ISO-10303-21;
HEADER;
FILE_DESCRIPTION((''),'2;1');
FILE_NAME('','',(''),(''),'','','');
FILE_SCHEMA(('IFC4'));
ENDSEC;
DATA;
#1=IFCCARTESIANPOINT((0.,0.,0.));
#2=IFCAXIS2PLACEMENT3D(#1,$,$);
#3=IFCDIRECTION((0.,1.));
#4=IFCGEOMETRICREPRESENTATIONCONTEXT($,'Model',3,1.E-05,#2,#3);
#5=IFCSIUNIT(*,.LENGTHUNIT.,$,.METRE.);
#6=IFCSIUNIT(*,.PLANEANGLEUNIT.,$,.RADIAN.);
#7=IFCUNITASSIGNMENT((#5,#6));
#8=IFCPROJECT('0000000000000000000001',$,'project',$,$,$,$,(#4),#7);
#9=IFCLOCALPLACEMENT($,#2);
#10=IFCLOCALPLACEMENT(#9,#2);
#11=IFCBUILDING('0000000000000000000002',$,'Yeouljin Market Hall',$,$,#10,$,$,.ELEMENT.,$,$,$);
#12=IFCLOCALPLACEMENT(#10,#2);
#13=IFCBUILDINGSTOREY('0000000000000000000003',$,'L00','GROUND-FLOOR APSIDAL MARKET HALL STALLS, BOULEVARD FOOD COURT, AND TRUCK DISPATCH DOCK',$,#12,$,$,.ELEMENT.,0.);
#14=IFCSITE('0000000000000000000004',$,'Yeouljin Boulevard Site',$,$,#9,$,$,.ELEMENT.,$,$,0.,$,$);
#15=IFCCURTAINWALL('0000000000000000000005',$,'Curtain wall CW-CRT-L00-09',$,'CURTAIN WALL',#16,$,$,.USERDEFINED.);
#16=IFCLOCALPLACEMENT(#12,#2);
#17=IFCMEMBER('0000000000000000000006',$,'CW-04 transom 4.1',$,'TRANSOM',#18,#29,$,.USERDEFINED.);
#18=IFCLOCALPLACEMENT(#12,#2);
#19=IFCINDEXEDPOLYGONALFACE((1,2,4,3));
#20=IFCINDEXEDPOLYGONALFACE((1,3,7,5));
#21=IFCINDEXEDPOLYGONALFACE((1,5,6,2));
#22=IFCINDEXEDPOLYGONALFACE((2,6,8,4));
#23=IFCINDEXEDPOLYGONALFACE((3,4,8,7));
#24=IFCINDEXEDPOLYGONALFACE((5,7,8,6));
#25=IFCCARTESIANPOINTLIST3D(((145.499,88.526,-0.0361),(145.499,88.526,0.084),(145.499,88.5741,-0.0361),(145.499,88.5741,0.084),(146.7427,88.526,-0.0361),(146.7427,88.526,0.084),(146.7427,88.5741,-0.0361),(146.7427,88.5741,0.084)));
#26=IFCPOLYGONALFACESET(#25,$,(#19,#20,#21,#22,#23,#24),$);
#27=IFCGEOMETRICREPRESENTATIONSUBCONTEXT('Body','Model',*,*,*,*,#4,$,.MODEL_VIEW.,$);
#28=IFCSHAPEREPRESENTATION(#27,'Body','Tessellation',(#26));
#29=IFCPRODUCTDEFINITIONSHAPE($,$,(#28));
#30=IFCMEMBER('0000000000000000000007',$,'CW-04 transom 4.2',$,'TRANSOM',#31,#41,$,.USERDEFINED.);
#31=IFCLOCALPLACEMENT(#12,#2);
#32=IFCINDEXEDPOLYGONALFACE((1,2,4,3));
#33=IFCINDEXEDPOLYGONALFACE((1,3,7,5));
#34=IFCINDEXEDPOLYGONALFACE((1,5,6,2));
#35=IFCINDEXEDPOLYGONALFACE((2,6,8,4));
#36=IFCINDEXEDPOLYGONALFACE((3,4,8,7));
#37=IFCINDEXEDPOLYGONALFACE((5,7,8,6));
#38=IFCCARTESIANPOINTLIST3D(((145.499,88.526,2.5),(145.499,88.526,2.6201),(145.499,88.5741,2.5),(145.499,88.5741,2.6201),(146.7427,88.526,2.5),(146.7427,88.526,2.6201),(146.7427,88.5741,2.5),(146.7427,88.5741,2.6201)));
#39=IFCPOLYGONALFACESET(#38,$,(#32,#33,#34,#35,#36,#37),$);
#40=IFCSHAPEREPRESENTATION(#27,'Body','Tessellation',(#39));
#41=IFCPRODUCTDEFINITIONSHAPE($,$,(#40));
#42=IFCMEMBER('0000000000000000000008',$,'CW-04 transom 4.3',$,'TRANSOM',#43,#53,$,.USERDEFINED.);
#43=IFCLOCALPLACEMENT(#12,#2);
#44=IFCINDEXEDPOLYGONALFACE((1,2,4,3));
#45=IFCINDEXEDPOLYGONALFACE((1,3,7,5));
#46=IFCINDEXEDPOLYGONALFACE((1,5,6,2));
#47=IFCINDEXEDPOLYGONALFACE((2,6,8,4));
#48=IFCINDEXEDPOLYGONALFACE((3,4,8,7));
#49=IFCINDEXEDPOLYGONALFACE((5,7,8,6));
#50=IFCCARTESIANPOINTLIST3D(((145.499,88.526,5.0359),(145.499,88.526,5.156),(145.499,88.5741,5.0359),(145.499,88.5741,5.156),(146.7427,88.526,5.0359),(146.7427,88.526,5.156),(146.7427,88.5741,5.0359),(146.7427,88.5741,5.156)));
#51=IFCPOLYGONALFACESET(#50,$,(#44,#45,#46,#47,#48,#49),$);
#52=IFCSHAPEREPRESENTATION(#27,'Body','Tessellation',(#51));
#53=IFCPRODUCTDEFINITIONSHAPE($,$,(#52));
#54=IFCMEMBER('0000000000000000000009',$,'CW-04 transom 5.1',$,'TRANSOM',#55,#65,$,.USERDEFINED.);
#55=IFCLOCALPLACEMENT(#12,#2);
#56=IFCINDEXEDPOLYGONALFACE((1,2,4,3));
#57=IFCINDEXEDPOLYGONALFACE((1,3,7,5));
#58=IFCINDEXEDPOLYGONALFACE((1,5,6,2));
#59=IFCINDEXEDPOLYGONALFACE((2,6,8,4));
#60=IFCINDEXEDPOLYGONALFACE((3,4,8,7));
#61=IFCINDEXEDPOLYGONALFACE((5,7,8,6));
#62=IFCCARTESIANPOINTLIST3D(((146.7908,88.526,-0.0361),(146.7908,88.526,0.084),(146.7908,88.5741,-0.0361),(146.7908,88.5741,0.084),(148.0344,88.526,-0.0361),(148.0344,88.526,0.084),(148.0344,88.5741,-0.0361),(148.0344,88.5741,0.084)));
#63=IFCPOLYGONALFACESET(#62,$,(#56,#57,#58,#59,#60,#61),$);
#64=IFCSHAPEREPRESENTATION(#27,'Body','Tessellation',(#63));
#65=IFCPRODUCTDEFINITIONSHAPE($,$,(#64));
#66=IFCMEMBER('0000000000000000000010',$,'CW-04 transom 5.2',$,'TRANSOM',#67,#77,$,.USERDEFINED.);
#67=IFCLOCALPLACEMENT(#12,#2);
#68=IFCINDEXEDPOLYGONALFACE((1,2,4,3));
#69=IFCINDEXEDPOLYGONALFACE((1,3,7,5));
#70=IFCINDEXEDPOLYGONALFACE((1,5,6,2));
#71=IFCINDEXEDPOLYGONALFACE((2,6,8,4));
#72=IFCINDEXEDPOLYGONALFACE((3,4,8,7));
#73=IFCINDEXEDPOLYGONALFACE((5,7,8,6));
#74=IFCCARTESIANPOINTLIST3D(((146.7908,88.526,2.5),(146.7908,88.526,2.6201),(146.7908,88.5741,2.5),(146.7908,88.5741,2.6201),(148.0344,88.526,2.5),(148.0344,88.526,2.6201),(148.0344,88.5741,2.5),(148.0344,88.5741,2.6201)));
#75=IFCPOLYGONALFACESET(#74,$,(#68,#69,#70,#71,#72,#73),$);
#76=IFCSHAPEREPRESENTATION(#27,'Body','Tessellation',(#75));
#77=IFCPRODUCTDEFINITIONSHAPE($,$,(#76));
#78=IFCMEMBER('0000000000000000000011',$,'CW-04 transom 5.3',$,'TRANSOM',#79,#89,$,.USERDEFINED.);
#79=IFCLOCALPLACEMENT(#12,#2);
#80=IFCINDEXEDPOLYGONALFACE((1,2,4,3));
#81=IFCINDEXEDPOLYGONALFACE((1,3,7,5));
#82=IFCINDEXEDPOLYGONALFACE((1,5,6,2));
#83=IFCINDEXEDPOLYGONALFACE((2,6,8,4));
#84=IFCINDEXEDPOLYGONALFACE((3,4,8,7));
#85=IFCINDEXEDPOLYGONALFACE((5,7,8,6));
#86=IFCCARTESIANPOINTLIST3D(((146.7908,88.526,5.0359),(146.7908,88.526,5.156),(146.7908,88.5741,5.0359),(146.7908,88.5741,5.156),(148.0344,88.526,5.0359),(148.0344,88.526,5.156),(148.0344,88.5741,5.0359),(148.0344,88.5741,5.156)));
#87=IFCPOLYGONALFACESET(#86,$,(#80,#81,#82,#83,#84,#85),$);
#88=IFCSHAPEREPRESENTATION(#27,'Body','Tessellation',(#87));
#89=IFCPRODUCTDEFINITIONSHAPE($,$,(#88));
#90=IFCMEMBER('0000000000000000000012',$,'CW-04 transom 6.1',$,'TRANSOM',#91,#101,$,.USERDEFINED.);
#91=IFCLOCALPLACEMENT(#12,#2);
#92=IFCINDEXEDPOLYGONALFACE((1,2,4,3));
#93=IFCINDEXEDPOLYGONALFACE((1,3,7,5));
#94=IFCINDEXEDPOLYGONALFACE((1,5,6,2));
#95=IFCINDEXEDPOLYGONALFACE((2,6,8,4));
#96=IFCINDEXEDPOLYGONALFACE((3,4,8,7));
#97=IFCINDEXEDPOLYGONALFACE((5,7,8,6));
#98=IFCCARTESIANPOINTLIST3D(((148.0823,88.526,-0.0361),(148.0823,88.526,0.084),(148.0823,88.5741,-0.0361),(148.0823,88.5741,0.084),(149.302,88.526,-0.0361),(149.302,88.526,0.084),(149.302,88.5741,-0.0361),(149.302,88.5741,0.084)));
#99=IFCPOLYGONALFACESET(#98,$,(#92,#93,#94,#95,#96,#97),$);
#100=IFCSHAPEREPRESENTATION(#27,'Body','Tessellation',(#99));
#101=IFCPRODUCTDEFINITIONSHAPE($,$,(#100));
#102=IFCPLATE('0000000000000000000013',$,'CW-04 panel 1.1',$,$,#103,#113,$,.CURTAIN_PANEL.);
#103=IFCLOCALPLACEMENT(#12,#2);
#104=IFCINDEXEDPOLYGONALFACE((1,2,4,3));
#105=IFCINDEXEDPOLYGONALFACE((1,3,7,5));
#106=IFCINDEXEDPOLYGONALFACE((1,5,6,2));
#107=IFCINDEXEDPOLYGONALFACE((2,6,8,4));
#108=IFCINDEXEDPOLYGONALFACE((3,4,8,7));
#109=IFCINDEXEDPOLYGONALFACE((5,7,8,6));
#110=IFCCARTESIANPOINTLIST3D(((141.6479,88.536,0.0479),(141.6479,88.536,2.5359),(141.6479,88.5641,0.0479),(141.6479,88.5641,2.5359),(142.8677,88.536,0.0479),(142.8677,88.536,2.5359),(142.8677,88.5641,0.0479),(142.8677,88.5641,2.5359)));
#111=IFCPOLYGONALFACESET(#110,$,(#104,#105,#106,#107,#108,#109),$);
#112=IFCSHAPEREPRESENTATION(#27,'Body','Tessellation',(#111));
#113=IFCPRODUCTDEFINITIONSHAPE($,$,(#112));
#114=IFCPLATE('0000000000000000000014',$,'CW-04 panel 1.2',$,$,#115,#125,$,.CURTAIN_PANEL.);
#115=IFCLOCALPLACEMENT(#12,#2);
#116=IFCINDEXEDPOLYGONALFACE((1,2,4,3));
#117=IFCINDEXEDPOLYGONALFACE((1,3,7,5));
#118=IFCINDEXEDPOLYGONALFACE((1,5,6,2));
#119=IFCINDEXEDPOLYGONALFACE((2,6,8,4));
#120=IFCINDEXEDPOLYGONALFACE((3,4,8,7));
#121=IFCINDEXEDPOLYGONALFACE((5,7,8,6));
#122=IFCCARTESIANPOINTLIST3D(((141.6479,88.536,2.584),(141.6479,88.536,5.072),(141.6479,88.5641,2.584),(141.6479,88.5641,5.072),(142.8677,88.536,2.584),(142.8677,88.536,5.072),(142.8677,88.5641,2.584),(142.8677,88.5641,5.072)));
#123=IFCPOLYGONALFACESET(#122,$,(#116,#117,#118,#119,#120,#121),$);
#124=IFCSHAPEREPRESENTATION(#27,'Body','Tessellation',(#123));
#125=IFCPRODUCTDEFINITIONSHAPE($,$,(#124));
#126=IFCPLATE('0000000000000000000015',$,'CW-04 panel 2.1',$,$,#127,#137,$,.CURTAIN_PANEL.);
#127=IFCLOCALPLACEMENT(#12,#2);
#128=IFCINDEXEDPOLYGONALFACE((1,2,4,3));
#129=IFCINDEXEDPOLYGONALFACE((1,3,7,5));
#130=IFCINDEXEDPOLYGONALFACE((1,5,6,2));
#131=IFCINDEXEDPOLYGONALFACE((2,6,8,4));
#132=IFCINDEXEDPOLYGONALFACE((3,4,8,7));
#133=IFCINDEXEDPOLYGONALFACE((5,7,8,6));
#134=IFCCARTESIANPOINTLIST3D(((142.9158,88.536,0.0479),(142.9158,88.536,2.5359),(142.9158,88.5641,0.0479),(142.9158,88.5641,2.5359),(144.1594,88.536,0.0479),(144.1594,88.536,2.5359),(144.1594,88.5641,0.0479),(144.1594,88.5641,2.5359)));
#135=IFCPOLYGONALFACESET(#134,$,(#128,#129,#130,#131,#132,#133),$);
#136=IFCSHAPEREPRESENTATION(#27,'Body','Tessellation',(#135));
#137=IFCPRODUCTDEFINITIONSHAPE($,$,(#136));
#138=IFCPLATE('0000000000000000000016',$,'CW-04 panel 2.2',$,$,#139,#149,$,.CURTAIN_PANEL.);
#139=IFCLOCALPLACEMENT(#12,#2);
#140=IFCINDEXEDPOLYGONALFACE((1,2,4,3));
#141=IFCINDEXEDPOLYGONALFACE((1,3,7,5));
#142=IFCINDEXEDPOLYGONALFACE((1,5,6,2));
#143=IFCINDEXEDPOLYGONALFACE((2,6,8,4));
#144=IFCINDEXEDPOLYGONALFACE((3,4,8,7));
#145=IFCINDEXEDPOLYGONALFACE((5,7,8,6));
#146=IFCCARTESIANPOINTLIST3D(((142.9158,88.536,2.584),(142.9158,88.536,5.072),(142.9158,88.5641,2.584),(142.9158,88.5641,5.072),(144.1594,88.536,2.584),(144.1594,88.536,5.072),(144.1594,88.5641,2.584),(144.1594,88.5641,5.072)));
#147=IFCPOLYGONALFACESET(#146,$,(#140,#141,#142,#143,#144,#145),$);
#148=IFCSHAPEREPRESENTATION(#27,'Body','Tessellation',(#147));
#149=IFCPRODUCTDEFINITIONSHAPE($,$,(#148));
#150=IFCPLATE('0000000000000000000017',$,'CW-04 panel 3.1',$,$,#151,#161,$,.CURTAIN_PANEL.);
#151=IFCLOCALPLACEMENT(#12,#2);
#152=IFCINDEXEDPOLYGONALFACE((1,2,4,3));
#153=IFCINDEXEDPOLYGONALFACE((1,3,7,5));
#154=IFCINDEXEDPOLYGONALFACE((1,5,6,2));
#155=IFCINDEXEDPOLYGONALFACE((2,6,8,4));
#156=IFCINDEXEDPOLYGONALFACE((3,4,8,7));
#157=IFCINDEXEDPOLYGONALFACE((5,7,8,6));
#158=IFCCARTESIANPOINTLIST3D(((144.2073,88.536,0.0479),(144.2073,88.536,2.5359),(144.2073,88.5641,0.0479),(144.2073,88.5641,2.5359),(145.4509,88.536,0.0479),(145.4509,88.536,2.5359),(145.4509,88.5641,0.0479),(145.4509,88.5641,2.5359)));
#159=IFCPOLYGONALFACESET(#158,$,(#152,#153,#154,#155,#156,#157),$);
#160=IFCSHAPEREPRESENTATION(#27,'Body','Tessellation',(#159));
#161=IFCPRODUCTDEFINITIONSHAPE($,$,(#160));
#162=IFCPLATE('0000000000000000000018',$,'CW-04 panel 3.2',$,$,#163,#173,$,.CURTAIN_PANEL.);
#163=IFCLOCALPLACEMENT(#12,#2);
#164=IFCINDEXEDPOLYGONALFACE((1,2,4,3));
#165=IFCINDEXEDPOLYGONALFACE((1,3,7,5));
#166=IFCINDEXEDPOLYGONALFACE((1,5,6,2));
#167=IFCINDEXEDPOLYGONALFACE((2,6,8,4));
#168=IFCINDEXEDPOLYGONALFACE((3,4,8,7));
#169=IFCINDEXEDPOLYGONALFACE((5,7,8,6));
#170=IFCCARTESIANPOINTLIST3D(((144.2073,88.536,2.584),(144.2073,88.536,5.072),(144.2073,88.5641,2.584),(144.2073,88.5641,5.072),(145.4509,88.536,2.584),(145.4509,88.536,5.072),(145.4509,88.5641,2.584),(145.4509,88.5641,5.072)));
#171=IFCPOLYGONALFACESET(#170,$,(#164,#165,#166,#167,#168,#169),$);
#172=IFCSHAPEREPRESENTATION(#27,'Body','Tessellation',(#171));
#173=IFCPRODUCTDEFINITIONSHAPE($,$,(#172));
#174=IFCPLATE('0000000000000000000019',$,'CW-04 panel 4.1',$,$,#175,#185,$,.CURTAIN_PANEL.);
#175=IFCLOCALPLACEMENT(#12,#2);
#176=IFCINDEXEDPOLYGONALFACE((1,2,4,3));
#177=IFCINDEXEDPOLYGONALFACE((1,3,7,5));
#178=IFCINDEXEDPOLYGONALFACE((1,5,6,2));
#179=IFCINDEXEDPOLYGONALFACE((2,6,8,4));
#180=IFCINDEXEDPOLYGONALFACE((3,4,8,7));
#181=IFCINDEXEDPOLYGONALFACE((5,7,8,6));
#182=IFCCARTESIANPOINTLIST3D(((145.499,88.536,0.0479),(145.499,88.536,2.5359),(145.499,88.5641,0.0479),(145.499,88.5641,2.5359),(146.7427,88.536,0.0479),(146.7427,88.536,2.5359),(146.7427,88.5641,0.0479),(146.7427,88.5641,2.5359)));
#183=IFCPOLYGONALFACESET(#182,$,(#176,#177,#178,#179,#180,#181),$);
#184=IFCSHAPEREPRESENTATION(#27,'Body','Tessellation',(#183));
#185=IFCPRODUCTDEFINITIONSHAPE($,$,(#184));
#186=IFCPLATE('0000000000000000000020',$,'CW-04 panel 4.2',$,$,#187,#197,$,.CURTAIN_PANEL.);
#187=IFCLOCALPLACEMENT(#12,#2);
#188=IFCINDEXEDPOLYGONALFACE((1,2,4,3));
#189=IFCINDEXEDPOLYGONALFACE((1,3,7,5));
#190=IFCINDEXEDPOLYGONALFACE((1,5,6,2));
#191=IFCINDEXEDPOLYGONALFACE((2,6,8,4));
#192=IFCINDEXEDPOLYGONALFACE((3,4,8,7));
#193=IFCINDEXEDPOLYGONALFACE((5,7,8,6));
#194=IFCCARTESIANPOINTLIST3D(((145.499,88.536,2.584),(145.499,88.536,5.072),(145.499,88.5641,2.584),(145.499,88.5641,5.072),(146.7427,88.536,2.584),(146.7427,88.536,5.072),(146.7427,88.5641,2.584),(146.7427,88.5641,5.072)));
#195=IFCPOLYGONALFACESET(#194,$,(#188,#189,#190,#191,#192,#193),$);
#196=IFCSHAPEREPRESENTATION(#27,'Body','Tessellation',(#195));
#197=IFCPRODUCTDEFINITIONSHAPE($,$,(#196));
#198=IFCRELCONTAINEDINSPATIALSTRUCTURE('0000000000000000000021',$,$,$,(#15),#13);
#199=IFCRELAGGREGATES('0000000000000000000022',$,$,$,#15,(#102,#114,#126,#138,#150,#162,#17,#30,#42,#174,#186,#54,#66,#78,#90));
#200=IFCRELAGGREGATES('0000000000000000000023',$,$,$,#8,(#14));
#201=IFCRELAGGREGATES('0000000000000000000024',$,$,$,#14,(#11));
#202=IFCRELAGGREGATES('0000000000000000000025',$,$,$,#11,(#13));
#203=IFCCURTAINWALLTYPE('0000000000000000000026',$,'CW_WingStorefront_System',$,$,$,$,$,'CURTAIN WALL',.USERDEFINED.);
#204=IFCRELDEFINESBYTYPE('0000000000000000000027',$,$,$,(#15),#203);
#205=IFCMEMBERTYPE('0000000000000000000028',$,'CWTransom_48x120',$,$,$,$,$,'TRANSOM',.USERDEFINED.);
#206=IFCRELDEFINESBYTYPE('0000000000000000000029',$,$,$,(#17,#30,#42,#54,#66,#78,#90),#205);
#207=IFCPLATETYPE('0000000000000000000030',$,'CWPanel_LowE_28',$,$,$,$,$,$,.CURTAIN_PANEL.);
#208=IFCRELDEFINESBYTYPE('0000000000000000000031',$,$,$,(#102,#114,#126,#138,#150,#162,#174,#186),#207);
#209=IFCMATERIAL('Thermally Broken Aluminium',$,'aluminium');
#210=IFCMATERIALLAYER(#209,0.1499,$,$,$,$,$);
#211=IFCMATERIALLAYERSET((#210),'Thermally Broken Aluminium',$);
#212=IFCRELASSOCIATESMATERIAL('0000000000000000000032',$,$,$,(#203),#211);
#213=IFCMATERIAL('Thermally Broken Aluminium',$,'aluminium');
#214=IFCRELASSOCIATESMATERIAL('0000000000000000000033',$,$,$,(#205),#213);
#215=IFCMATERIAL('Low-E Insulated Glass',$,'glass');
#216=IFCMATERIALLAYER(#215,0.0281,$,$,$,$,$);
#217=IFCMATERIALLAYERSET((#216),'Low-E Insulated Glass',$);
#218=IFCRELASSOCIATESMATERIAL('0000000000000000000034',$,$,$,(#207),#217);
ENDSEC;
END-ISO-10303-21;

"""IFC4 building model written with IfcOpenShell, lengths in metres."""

from ifc_helpers import new_model, si_unit, direction, frame, origin, origin_2d, place, context, subcontext, project, spatial, rectangle, extrude, material, layer, layer_set, material_profile, profile_set, type_object, element, aggregate, save


model = new_model("IFC4")

# Units and contexts
model_context = context("Model", 3, precision=1e-05, world=origin(), true_north=direction((0.0, 1.0)))
body_context = subcontext(model_context, "Body", "Model", "MODEL_VIEW")
ifc_project = project(units=[si_unit("LENGTHUNIT", "METRE"), si_unit("PLANEANGLEUNIT", "RADIAN")], contexts=[model_context])

# Site, building, storey
site_placement = place(None, origin())
site = spatial("IfcSite", under=ifc_project, at=site_placement, Name="Yeouljin Boulevard Site", CompositionType="ELEMENT", RefElevation=0.0)
building_placement = place(site_placement, origin())
building = spatial("IfcBuilding", under=site, at=building_placement, Name="Yeouljin Market Hall", CompositionType="ELEMENT")
storey_placement = place(building_placement, origin())
storey = spatial("IfcBuildingStorey", under=building, at=storey_placement, Name="L00", Description="GROUND-FLOOR APSIDAL MARKET HALL STALLS, BOULEVARD FOOD COURT, AND TRUCK DISPATCH DOCK", CompositionType="ELEMENT", Elevation=0.0)

# Curtain wall, members, plates
ifc_material_1 = material(Name="Thermally Broken Aluminium", Category="aluminium")
ifc_layer_1 = layer(ifc_material_1, 0.1499)
ifc_layer_set_1 = layer_set([ifc_layer_1], Name="Thermally Broken Aluminium")
curtain_wall_type = type_object("IfcCurtainWallType", Name="CW_WingStorefront_System", ElementType="CURTAIN WALL", PredefinedType="USERDEFINED", material=ifc_layer_set_1)
curtain_wall_placement = place(storey_placement, origin())
curtain_wall = element("IfcCurtainWall", 1, at=curtain_wall_placement, inside=storey, type_object=curtain_wall_type, Name="Curtain wall CW-CRT-L00-09", ObjectType="CURTAIN WALL", PredefinedType="USERDEFINED")
ifc_material_2 = material(Name="Thermally Broken Aluminium", Category="aluminium")
ifc_material_profile_1 = material_profile(ifc_material_2, rectangle(XDim=0.0481, YDim=0.1201, at=origin_2d()), Name="CW-TRAN-48x120")
ifc_profile_set_1 = profile_set([ifc_material_profile_1], Name="Thermally Broken Aluminium")
member_type_1 = type_object("IfcMemberType", Name="CWTransom_48x120", ElementType="TRANSOM", PredefinedType="USERDEFINED", material=ifc_profile_set_1)
member_1_placement = place(storey_placement, frame((145.499, 88.55, 0.0239), z_axis=(1.0, 0.0, 0.0), x_axis=(0.0, 1.0, 0.0)))
member_1 = element("IfcMember", 2, at=member_1_placement, type_object=member_type_1, Name="CW-04 transom 4.1", ObjectType="TRANSOM", PredefinedType="USERDEFINED", context=body_context, shape_type="SweptSolid", body=[
    extrude(rectangle(XDim=0.0481, YDim=0.1201, at=origin_2d()), origin(), (0.0, 0.0, 1.0), 1.2437),
])
member_2_placement = place(storey_placement, frame((145.499, 88.55, 2.5601), z_axis=(1.0, 0.0, 0.0), x_axis=(0.0, 1.0, 0.0)))
member_2 = element("IfcMember", 3, at=member_2_placement, type_object=member_type_1, Name="CW-04 transom 4.2", ObjectType="TRANSOM", PredefinedType="USERDEFINED", context=body_context, shape_type="SweptSolid", body=[
    extrude(rectangle(XDim=0.0481, YDim=0.1201, at=origin_2d()), origin(), (0.0, 0.0, 1.0), 1.2437),
])
member_3_placement = place(storey_placement, frame((145.499, 88.55, 5.0959), z_axis=(1.0, 0.0, 0.0), x_axis=(0.0, 1.0, 0.0)))
member_3 = element("IfcMember", 4, at=member_3_placement, type_object=member_type_1, Name="CW-04 transom 4.3", ObjectType="TRANSOM", PredefinedType="USERDEFINED", context=body_context, shape_type="SweptSolid", body=[
    extrude(rectangle(XDim=0.0481, YDim=0.1201, at=origin_2d()), origin(), (0.0, 0.0, 1.0), 1.2437),
])
member_4_placement = place(storey_placement, frame((146.7908, 88.55, 0.0239), z_axis=(1.0, 0.0, 0.0), x_axis=(0.0, 1.0, 0.0)))
member_4 = element("IfcMember", 5, at=member_4_placement, type_object=member_type_1, Name="CW-04 transom 5.1", ObjectType="TRANSOM", PredefinedType="USERDEFINED", context=body_context, shape_type="SweptSolid", body=[
    extrude(rectangle(XDim=0.0481, YDim=0.1201, at=origin_2d()), origin(), (0.0, 0.0, 1.0), 1.2437),
])
member_5_placement = place(storey_placement, frame((146.7908, 88.55, 2.5601), z_axis=(1.0, 0.0, 0.0), x_axis=(0.0, 1.0, 0.0)))
member_5 = element("IfcMember", 6, at=member_5_placement, type_object=member_type_1, Name="CW-04 transom 5.2", ObjectType="TRANSOM", PredefinedType="USERDEFINED", context=body_context, shape_type="SweptSolid", body=[
    extrude(rectangle(XDim=0.0481, YDim=0.1201, at=origin_2d()), origin(), (0.0, 0.0, 1.0), 1.2437),
])
member_6_placement = place(storey_placement, frame((146.7908, 88.55, 5.0959), z_axis=(1.0, 0.0, 0.0), x_axis=(0.0, 1.0, 0.0)))
member_6 = element("IfcMember", 7, at=member_6_placement, type_object=member_type_1, Name="CW-04 transom 5.3", ObjectType="TRANSOM", PredefinedType="USERDEFINED", context=body_context, shape_type="SweptSolid", body=[
    extrude(rectangle(XDim=0.0481, YDim=0.1201, at=origin_2d()), origin(), (0.0, 0.0, 1.0), 1.2437),
])
member_7_placement = place(storey_placement, frame((148.0823, 88.55, 0.0239), z_axis=(1.0, 0.0, 0.0), x_axis=(0.0, 1.0, 0.0)))
member_7 = element("IfcMember", 8, at=member_7_placement, type_object=member_type_1, Name="CW-04 transom 6.1", ObjectType="TRANSOM", PredefinedType="USERDEFINED", context=body_context, shape_type="SweptSolid", body=[
    extrude(rectangle(XDim=0.0481, YDim=0.1201, at=origin_2d()), origin(), (0.0, 0.0, 1.0), 1.2197),
])
ifc_material_3 = material(Name="Low-E Insulated Glass", Category="glass")
ifc_layer_2 = layer(ifc_material_3, 0.0281)
ifc_layer_set_2 = layer_set([ifc_layer_2], Name="Low-E Insulated Glass")
plate_type = type_object("IfcPlateType", Name="CWPanel_LowE_28", PredefinedType="CURTAIN_PANEL", material=ifc_layer_set_2)
plate_1_placement = place(storey_placement, frame((142.2578, 88.55, 0.0479), z_axis=(0.0, 0.0, 1.0), x_axis=(1.0, 0.0, 0.0)))
plate_1 = element("IfcPlate", 9, at=plate_1_placement, type_object=plate_type, Name="CW-04 panel 1.1", PredefinedType="CURTAIN_PANEL", context=body_context, shape_type="SweptSolid", body=[
    extrude(rectangle(XDim=1.2197, YDim=0.0281, at=origin_2d()), origin(), (0.0, 0.0, 1.0), 2.488),
])
plate_2_placement = place(storey_placement, frame((142.2578, 88.55, 2.584), z_axis=(0.0, 0.0, 1.0), x_axis=(1.0, 0.0, 0.0)))
plate_2 = element("IfcPlate", 10, at=plate_2_placement, type_object=plate_type, Name="CW-04 panel 1.2", PredefinedType="CURTAIN_PANEL", context=body_context, shape_type="SweptSolid", body=[
    extrude(rectangle(XDim=1.2197, YDim=0.0281, at=origin_2d()), origin(), (0.0, 0.0, 1.0), 2.488),
])
plate_3_placement = place(storey_placement, frame((143.5376, 88.55, 0.0479), z_axis=(0.0, 0.0, 1.0), x_axis=(1.0, 0.0, 0.0)))
plate_3 = element("IfcPlate", 11, at=plate_3_placement, type_object=plate_type, Name="CW-04 panel 2.1", PredefinedType="CURTAIN_PANEL", context=body_context, shape_type="SweptSolid", body=[
    extrude(rectangle(XDim=1.2437, YDim=0.0281, at=origin_2d()), origin(), (0.0, 0.0, 1.0), 2.488),
])
plate_4_placement = place(storey_placement, frame((143.5376, 88.55, 2.584), z_axis=(0.0, 0.0, 1.0), x_axis=(1.0, 0.0, 0.0)))
plate_4 = element("IfcPlate", 12, at=plate_4_placement, type_object=plate_type, Name="CW-04 panel 2.2", PredefinedType="CURTAIN_PANEL", context=body_context, shape_type="SweptSolid", body=[
    extrude(rectangle(XDim=1.2437, YDim=0.0281, at=origin_2d()), origin(), (0.0, 0.0, 1.0), 2.488),
])
plate_5_placement = place(storey_placement, frame((144.8291, 88.55, 0.0479), z_axis=(0.0, 0.0, 1.0), x_axis=(1.0, 0.0, 0.0)))
plate_5 = element("IfcPlate", 13, at=plate_5_placement, type_object=plate_type, Name="CW-04 panel 3.1", PredefinedType="CURTAIN_PANEL", context=body_context, shape_type="SweptSolid", body=[
    extrude(rectangle(XDim=1.2437, YDim=0.0281, at=origin_2d()), origin(), (0.0, 0.0, 1.0), 2.488),
])
plate_6_placement = place(storey_placement, frame((144.8291, 88.55, 2.584), z_axis=(0.0, 0.0, 1.0), x_axis=(1.0, 0.0, 0.0)))
plate_6 = element("IfcPlate", 14, at=plate_6_placement, type_object=plate_type, Name="CW-04 panel 3.2", PredefinedType="CURTAIN_PANEL", context=body_context, shape_type="SweptSolid", body=[
    extrude(rectangle(XDim=1.2437, YDim=0.0281, at=origin_2d()), origin(), (0.0, 0.0, 1.0), 2.488),
])
plate_7_placement = place(storey_placement, frame((146.1208, 88.55, 0.0479), z_axis=(0.0, 0.0, 1.0), x_axis=(1.0, 0.0, 0.0)))
plate_7 = element("IfcPlate", 15, at=plate_7_placement, type_object=plate_type, Name="CW-04 panel 4.1", PredefinedType="CURTAIN_PANEL", context=body_context, shape_type="SweptSolid", body=[
    extrude(rectangle(XDim=1.2437, YDim=0.0281, at=origin_2d()), origin(), (0.0, 0.0, 1.0), 2.488),
])
plate_8_placement = place(storey_placement, frame((146.1208, 88.55, 2.584), z_axis=(0.0, 0.0, 1.0), x_axis=(1.0, 0.0, 0.0)))
plate_8 = element("IfcPlate", 16, at=plate_8_placement, type_object=plate_type, Name="CW-04 panel 4.2", PredefinedType="CURTAIN_PANEL", context=body_context, shape_type="SweptSolid", body=[
    extrude(rectangle(XDim=1.2437, YDim=0.0281, at=origin_2d()), origin(), (0.0, 0.0, 1.0), 2.488),
])
aggregate(curtain_wall, [plate_1, plate_2, plate_3, plate_4, plate_5, plate_6, member_1, member_2, member_3, plate_7, plate_8, member_4, member_5, member_6, member_7])

save(model, "model.ifc")
